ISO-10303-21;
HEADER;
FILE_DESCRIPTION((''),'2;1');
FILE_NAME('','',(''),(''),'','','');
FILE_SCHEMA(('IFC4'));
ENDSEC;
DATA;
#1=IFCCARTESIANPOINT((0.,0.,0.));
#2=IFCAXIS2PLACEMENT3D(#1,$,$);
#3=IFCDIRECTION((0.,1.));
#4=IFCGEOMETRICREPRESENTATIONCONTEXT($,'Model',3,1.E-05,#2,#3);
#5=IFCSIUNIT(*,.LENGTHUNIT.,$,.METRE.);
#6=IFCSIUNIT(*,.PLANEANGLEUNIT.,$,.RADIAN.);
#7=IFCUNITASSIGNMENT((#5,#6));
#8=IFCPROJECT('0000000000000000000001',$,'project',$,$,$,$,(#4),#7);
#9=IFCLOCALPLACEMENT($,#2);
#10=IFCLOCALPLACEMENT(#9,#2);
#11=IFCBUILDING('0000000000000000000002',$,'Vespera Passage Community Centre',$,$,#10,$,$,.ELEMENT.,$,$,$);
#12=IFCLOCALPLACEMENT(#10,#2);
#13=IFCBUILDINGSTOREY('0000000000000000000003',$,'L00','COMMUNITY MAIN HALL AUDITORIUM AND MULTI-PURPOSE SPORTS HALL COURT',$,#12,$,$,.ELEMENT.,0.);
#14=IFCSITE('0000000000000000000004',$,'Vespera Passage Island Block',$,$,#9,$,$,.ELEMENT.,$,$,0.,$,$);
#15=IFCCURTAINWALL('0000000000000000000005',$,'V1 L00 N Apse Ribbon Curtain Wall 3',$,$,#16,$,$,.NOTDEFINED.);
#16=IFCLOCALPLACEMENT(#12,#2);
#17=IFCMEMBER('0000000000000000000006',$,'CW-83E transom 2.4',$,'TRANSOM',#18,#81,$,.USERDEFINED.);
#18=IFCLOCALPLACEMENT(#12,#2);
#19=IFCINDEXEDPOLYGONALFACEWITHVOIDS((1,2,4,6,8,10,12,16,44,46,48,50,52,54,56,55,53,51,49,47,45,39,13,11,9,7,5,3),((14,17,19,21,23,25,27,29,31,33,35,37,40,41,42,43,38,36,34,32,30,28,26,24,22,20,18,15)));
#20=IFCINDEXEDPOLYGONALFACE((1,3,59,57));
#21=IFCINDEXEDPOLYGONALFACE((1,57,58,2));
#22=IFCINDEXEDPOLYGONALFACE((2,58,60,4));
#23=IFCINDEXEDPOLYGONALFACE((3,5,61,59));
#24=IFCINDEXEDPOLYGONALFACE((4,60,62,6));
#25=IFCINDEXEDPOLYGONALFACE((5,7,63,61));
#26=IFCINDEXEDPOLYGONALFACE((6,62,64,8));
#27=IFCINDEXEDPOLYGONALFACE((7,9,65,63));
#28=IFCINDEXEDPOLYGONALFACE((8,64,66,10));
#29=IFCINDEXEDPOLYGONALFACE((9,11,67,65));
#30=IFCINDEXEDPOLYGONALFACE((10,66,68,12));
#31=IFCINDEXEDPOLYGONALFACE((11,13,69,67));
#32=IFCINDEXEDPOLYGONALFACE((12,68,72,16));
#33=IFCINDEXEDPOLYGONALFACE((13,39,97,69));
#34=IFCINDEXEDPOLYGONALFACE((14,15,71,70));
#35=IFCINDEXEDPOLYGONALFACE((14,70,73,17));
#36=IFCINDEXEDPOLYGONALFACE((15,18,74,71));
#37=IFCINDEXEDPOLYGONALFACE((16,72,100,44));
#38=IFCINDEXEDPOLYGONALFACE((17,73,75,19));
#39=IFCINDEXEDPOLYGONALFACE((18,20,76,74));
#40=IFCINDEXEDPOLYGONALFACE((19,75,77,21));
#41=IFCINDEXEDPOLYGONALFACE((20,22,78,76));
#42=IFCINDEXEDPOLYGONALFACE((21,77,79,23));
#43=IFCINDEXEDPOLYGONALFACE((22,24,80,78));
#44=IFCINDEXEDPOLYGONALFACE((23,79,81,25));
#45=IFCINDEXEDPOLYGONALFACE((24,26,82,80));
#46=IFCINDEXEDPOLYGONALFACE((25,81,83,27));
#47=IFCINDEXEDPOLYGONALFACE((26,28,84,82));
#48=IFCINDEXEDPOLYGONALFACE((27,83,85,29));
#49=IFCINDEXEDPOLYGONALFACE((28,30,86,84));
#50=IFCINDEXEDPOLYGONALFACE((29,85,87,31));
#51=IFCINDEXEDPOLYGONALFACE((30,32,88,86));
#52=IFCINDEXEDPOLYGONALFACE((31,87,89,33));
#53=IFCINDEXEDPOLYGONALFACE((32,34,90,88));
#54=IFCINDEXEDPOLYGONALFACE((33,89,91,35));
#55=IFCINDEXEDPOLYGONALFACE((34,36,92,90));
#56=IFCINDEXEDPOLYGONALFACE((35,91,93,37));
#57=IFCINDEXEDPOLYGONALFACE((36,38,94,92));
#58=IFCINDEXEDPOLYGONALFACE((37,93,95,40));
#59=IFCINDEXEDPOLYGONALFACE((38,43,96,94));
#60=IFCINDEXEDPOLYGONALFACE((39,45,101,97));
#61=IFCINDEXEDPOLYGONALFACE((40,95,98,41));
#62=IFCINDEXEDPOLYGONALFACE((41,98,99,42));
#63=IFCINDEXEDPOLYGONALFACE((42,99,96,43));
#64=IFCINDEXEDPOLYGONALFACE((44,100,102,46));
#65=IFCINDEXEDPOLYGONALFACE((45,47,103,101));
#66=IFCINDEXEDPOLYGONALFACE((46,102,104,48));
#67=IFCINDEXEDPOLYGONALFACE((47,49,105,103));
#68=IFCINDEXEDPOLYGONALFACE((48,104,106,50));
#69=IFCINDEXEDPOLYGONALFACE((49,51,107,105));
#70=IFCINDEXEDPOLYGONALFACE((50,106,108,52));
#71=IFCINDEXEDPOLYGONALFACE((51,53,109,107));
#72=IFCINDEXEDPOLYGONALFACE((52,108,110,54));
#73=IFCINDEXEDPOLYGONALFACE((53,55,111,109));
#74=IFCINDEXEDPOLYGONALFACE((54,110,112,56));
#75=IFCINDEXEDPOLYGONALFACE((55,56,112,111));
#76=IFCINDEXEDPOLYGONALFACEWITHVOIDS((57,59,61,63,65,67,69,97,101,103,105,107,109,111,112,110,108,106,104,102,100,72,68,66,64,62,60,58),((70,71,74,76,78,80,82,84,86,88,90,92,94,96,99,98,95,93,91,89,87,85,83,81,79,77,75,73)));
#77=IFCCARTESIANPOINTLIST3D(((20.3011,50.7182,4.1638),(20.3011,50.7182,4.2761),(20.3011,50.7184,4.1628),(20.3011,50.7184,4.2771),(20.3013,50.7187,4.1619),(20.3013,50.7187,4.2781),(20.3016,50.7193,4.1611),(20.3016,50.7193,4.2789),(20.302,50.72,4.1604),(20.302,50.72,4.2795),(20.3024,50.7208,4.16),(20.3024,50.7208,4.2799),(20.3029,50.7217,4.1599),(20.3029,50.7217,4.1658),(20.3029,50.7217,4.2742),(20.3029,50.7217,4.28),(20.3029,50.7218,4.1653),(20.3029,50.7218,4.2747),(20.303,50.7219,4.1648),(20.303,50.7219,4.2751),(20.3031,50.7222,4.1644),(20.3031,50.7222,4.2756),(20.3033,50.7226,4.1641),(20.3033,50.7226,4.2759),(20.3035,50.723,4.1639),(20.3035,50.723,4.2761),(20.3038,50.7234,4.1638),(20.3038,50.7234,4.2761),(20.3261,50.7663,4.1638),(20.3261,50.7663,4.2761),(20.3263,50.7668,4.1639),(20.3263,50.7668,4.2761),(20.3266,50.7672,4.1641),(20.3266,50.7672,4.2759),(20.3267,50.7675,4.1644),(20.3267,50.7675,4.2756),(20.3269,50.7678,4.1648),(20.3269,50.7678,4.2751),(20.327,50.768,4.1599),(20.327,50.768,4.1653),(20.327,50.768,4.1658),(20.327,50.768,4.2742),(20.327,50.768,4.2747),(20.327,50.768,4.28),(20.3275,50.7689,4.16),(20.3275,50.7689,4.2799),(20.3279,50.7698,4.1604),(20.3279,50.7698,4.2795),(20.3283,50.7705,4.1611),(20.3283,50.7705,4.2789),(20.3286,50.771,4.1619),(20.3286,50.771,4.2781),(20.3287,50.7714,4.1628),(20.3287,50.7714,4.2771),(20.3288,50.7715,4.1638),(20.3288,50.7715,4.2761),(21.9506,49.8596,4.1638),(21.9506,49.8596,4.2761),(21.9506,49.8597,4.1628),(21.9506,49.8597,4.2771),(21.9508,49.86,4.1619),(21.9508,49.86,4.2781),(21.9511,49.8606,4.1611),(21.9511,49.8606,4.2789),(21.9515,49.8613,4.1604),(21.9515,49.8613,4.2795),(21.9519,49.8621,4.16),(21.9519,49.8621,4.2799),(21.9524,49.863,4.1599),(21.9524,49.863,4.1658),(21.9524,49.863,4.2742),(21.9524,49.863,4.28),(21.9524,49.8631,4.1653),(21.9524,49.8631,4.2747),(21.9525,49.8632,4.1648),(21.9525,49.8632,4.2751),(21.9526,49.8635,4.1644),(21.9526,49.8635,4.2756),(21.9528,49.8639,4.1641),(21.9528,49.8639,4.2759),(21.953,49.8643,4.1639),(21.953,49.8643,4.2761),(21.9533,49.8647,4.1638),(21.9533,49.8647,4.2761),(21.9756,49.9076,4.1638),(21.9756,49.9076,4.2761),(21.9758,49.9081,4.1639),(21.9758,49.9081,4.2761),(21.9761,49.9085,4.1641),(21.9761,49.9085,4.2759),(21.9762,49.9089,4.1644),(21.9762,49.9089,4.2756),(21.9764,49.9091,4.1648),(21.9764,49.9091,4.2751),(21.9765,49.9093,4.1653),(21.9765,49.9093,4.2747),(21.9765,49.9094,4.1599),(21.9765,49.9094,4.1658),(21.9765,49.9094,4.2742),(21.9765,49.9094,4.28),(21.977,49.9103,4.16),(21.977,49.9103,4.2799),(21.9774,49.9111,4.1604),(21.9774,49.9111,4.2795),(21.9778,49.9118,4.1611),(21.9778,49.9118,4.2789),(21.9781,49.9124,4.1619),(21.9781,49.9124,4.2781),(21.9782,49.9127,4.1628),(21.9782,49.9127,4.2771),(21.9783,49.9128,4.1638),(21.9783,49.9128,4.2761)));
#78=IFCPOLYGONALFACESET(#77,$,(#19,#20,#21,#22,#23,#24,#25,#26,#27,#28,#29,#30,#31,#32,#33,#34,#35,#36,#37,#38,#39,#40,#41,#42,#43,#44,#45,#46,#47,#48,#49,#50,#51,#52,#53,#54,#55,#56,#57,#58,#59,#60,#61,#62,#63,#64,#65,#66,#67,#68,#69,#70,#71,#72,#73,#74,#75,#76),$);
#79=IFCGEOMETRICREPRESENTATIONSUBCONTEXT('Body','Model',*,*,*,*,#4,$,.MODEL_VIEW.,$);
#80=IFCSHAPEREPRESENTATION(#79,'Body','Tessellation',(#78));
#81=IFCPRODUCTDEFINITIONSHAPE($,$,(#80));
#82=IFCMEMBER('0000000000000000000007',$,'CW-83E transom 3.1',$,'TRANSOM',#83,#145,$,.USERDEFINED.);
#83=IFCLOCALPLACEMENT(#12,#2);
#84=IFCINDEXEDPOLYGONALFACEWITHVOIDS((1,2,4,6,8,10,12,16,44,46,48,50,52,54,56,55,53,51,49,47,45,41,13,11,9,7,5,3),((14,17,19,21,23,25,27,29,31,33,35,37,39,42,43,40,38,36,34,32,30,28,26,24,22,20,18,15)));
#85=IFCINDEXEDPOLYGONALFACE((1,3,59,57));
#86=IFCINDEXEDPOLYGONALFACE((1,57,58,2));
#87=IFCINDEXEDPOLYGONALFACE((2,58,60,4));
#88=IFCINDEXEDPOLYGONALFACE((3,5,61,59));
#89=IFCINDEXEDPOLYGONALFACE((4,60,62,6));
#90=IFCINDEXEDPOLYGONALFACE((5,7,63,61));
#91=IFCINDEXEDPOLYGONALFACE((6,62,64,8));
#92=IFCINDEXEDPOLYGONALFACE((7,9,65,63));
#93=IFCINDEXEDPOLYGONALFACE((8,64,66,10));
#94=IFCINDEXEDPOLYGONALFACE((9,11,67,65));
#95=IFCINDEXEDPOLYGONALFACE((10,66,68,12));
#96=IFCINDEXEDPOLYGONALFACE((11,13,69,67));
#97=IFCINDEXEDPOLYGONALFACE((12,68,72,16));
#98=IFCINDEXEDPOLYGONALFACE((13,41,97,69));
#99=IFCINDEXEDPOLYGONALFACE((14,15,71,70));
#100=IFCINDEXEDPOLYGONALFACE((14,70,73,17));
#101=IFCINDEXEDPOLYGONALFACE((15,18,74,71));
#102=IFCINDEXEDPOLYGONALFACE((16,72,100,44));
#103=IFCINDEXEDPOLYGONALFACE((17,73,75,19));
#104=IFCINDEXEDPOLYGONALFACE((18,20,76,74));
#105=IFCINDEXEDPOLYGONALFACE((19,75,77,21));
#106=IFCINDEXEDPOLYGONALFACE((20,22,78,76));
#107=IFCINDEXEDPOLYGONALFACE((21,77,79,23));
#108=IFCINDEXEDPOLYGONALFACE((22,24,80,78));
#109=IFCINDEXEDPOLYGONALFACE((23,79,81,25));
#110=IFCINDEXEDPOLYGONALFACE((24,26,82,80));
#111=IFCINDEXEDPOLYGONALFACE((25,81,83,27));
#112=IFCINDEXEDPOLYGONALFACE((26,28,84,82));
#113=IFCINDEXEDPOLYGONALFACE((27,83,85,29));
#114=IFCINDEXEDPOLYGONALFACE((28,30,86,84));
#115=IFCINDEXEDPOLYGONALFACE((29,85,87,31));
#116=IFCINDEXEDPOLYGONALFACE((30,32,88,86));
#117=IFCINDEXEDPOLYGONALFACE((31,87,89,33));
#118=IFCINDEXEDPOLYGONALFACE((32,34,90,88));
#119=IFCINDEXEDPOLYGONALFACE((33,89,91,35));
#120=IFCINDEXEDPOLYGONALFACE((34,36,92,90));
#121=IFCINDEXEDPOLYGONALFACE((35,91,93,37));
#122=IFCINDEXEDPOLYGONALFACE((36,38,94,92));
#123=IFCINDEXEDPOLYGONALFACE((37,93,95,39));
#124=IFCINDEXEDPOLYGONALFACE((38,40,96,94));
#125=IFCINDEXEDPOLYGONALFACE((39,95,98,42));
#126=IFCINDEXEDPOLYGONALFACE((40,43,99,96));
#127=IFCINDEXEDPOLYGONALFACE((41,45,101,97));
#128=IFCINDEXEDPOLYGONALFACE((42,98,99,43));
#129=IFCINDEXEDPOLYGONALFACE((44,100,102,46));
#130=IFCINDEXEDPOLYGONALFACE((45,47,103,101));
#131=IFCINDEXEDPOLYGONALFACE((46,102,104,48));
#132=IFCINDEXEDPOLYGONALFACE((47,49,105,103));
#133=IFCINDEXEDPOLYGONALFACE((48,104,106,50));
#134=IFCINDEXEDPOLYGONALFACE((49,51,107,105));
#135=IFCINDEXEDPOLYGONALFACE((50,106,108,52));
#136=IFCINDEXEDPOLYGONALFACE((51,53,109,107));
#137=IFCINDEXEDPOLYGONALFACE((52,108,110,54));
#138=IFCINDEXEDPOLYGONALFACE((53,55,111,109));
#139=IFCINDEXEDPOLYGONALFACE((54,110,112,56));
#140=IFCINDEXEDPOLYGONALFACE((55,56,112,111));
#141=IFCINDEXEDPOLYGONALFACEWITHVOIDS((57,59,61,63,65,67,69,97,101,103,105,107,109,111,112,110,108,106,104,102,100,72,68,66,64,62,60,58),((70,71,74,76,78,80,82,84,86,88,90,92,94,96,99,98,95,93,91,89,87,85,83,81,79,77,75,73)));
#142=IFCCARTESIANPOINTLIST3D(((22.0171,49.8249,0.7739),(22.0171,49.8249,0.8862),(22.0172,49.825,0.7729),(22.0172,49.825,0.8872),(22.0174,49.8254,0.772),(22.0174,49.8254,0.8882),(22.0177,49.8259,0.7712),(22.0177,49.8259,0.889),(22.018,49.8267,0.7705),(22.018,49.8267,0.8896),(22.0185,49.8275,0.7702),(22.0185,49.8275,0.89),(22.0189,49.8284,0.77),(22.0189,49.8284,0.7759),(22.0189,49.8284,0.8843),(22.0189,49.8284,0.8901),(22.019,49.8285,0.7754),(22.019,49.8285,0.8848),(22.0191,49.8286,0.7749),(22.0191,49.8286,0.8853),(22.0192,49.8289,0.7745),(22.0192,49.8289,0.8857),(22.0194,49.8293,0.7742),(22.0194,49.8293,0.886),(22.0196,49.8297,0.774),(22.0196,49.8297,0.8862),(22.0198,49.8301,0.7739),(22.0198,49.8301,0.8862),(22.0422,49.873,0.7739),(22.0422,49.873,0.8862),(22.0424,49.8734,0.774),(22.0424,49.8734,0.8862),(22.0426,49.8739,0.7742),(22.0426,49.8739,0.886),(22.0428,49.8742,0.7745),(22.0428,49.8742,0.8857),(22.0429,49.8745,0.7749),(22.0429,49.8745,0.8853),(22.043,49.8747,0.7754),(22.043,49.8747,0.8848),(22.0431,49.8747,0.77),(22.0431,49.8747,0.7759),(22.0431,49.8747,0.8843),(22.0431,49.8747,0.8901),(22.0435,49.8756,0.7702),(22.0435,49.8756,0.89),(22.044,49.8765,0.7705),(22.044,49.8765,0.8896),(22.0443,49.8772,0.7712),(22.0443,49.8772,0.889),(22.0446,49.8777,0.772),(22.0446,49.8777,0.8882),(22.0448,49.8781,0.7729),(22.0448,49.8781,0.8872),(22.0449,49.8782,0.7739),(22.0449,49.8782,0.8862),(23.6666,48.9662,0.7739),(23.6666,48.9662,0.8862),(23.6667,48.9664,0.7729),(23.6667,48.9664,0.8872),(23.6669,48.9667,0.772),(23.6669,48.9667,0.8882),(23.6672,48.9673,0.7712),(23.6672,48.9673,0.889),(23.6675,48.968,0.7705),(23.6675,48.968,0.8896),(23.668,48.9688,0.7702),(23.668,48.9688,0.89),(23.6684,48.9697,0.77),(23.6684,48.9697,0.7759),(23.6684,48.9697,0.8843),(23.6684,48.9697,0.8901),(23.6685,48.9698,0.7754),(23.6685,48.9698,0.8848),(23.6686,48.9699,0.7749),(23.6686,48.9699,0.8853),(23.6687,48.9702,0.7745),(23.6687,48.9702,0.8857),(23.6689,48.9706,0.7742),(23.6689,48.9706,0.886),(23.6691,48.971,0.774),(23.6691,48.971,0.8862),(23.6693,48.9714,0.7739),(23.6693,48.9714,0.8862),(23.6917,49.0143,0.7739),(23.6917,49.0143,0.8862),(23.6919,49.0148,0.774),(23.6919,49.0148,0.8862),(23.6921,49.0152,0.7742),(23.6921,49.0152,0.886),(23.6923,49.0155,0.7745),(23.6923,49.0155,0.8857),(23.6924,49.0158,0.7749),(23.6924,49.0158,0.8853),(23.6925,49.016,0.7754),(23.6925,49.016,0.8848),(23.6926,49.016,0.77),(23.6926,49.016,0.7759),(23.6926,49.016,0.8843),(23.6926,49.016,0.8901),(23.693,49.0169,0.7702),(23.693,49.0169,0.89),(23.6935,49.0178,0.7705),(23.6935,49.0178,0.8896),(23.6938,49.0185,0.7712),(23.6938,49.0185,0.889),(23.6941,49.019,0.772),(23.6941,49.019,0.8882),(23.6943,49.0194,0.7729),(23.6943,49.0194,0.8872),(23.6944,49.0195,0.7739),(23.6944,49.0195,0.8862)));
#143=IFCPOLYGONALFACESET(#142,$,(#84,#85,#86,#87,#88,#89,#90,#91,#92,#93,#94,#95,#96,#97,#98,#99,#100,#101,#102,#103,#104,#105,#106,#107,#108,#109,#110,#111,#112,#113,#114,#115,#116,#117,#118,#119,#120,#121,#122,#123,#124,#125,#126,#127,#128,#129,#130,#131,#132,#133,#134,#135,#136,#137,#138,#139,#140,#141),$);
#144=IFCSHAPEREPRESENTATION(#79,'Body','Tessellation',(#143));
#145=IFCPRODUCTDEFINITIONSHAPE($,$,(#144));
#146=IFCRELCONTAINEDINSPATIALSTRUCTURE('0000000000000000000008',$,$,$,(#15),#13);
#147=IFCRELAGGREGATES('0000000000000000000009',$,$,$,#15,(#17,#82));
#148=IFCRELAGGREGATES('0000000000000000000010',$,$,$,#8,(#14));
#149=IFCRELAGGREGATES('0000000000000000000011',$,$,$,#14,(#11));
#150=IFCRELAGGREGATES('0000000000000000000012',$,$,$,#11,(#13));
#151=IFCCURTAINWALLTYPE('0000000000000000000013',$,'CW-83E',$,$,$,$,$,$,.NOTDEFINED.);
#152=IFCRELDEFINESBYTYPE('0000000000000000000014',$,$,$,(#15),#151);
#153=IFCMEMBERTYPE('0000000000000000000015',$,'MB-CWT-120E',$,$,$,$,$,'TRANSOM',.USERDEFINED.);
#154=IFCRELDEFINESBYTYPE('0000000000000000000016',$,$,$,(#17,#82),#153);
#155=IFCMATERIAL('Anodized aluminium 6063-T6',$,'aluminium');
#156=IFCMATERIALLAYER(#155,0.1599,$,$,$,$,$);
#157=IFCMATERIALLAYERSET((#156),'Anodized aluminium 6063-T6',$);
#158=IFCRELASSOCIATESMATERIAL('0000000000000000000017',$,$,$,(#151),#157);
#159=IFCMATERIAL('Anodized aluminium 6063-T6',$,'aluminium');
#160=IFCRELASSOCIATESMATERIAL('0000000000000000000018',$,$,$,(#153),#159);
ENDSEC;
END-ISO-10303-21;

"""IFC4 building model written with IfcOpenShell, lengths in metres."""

from ifc_helpers import new_model, si_unit, direction, frame, origin, origin_2d, place, context, subcontext, project, spatial, hollow_rectangle, extrude, material, layer, layer_set, material_profile, profile_set, type_object, element, aggregate, save


model = new_model("IFC4")

# Units and contexts
model_context = context("Model", 3, precision=1e-05, world=origin(), true_north=direction((0.0, 1.0)))
body_context = subcontext(model_context, "Body", "Model", "MODEL_VIEW")
ifc_project = project(units=[si_unit("LENGTHUNIT", "METRE"), si_unit("PLANEANGLEUNIT", "RADIAN")], contexts=[model_context])

# Site, building, storey
site_placement = place(None, origin())
site = spatial("IfcSite", under=ifc_project, at=site_placement, Name="Vespera Passage Island Block", CompositionType="ELEMENT", RefElevation=0.0)
building_placement = place(site_placement, origin())
building = spatial("IfcBuilding", under=site, at=building_placement, Name="Vespera Passage Community Centre", CompositionType="ELEMENT")
storey_placement = place(building_placement, origin())
storey = spatial("IfcBuildingStorey", under=building, at=storey_placement, Name="L00", Description="COMMUNITY MAIN HALL AUDITORIUM AND MULTI-PURPOSE SPORTS HALL COURT", CompositionType="ELEMENT", Elevation=0.0)

# Curtain wall, members
ifc_material_1 = material(Name="Anodized aluminium 6063-T6", Category="aluminium")
ifc_layer_1 = layer(ifc_material_1, 0.1599)
ifc_layer_set_1 = layer_set([ifc_layer_1], Name="Anodized aluminium 6063-T6")
curtain_wall_type = type_object("IfcCurtainWallType", Name="CW-83E", PredefinedType="NOTDEFINED", material=ifc_layer_set_1)
curtain_wall_placement = place(storey_placement, origin())
curtain_wall = element("IfcCurtainWall", 1, at=curtain_wall_placement, inside=storey, type_object=curtain_wall_type, Name="V1 L00 N Apse Ribbon Curtain Wall 3", PredefinedType="NOTDEFINED")
ifc_material_2 = material(Name="Anodized aluminium 6063-T6", Category="aluminium")
ifc_material_profile_1 = material_profile(ifc_material_2, hollow_rectangle(XDim=0.0601, YDim=0.1201, WallThickness=0.0039, InnerFilletRadius=0.002, OuterFilletRadius=0.0039, at=origin_2d()), Name="ALU120X60X4")
ifc_profile_set_1 = profile_set([ifc_material_profile_1], Name="Anodized aluminium 6063-T6")
member_type_1 = type_object("IfcMemberType", Name="MB-CWT-120E", ElementType="TRANSOM", PredefinedType="USERDEFINED", material=ifc_profile_set_1)
member_1_placement = place(storey_placement, frame((20.3149, 50.7449, 4.22), z_axis=(0.887008, -0.461754, 0.0), x_axis=(0.461754, 0.887008, 0.0)))
member_1 = element("IfcMember", 2, at=member_1_placement, type_object=member_type_1, Name="CW-83E transom 2.4", ObjectType="TRANSOM", PredefinedType="USERDEFINED", context=body_context, shape_type="SweptSolid", body=[
    extrude(hollow_rectangle(XDim=0.0601, YDim=0.1201, WallThickness=0.0039, InnerFilletRadius=0.002, OuterFilletRadius=0.0039, at=origin_2d()), origin(), (0.0, 0.0, 1.0), 1.8596),
])
member_2_placement = place(storey_placement, frame((22.031, 49.8516, 0.8301), z_axis=(0.887008, -0.461754, 0.0), x_axis=(0.461754, 0.887008, 0.0)))
member_2 = element("IfcMember", 3, at=member_2_placement, type_object=member_type_1, Name="CW-83E transom 3.1", ObjectType="TRANSOM", PredefinedType="USERDEFINED", context=body_context, shape_type="SweptSolid", body=[
    extrude(hollow_rectangle(XDim=0.0601, YDim=0.1201, WallThickness=0.0039, InnerFilletRadius=0.002, OuterFilletRadius=0.0039, at=origin_2d()), origin(), (0.0, 0.0, 1.0), 1.8596),
])
aggregate(curtain_wall, [member_1, member_2])

save(model, "model.ifc")
